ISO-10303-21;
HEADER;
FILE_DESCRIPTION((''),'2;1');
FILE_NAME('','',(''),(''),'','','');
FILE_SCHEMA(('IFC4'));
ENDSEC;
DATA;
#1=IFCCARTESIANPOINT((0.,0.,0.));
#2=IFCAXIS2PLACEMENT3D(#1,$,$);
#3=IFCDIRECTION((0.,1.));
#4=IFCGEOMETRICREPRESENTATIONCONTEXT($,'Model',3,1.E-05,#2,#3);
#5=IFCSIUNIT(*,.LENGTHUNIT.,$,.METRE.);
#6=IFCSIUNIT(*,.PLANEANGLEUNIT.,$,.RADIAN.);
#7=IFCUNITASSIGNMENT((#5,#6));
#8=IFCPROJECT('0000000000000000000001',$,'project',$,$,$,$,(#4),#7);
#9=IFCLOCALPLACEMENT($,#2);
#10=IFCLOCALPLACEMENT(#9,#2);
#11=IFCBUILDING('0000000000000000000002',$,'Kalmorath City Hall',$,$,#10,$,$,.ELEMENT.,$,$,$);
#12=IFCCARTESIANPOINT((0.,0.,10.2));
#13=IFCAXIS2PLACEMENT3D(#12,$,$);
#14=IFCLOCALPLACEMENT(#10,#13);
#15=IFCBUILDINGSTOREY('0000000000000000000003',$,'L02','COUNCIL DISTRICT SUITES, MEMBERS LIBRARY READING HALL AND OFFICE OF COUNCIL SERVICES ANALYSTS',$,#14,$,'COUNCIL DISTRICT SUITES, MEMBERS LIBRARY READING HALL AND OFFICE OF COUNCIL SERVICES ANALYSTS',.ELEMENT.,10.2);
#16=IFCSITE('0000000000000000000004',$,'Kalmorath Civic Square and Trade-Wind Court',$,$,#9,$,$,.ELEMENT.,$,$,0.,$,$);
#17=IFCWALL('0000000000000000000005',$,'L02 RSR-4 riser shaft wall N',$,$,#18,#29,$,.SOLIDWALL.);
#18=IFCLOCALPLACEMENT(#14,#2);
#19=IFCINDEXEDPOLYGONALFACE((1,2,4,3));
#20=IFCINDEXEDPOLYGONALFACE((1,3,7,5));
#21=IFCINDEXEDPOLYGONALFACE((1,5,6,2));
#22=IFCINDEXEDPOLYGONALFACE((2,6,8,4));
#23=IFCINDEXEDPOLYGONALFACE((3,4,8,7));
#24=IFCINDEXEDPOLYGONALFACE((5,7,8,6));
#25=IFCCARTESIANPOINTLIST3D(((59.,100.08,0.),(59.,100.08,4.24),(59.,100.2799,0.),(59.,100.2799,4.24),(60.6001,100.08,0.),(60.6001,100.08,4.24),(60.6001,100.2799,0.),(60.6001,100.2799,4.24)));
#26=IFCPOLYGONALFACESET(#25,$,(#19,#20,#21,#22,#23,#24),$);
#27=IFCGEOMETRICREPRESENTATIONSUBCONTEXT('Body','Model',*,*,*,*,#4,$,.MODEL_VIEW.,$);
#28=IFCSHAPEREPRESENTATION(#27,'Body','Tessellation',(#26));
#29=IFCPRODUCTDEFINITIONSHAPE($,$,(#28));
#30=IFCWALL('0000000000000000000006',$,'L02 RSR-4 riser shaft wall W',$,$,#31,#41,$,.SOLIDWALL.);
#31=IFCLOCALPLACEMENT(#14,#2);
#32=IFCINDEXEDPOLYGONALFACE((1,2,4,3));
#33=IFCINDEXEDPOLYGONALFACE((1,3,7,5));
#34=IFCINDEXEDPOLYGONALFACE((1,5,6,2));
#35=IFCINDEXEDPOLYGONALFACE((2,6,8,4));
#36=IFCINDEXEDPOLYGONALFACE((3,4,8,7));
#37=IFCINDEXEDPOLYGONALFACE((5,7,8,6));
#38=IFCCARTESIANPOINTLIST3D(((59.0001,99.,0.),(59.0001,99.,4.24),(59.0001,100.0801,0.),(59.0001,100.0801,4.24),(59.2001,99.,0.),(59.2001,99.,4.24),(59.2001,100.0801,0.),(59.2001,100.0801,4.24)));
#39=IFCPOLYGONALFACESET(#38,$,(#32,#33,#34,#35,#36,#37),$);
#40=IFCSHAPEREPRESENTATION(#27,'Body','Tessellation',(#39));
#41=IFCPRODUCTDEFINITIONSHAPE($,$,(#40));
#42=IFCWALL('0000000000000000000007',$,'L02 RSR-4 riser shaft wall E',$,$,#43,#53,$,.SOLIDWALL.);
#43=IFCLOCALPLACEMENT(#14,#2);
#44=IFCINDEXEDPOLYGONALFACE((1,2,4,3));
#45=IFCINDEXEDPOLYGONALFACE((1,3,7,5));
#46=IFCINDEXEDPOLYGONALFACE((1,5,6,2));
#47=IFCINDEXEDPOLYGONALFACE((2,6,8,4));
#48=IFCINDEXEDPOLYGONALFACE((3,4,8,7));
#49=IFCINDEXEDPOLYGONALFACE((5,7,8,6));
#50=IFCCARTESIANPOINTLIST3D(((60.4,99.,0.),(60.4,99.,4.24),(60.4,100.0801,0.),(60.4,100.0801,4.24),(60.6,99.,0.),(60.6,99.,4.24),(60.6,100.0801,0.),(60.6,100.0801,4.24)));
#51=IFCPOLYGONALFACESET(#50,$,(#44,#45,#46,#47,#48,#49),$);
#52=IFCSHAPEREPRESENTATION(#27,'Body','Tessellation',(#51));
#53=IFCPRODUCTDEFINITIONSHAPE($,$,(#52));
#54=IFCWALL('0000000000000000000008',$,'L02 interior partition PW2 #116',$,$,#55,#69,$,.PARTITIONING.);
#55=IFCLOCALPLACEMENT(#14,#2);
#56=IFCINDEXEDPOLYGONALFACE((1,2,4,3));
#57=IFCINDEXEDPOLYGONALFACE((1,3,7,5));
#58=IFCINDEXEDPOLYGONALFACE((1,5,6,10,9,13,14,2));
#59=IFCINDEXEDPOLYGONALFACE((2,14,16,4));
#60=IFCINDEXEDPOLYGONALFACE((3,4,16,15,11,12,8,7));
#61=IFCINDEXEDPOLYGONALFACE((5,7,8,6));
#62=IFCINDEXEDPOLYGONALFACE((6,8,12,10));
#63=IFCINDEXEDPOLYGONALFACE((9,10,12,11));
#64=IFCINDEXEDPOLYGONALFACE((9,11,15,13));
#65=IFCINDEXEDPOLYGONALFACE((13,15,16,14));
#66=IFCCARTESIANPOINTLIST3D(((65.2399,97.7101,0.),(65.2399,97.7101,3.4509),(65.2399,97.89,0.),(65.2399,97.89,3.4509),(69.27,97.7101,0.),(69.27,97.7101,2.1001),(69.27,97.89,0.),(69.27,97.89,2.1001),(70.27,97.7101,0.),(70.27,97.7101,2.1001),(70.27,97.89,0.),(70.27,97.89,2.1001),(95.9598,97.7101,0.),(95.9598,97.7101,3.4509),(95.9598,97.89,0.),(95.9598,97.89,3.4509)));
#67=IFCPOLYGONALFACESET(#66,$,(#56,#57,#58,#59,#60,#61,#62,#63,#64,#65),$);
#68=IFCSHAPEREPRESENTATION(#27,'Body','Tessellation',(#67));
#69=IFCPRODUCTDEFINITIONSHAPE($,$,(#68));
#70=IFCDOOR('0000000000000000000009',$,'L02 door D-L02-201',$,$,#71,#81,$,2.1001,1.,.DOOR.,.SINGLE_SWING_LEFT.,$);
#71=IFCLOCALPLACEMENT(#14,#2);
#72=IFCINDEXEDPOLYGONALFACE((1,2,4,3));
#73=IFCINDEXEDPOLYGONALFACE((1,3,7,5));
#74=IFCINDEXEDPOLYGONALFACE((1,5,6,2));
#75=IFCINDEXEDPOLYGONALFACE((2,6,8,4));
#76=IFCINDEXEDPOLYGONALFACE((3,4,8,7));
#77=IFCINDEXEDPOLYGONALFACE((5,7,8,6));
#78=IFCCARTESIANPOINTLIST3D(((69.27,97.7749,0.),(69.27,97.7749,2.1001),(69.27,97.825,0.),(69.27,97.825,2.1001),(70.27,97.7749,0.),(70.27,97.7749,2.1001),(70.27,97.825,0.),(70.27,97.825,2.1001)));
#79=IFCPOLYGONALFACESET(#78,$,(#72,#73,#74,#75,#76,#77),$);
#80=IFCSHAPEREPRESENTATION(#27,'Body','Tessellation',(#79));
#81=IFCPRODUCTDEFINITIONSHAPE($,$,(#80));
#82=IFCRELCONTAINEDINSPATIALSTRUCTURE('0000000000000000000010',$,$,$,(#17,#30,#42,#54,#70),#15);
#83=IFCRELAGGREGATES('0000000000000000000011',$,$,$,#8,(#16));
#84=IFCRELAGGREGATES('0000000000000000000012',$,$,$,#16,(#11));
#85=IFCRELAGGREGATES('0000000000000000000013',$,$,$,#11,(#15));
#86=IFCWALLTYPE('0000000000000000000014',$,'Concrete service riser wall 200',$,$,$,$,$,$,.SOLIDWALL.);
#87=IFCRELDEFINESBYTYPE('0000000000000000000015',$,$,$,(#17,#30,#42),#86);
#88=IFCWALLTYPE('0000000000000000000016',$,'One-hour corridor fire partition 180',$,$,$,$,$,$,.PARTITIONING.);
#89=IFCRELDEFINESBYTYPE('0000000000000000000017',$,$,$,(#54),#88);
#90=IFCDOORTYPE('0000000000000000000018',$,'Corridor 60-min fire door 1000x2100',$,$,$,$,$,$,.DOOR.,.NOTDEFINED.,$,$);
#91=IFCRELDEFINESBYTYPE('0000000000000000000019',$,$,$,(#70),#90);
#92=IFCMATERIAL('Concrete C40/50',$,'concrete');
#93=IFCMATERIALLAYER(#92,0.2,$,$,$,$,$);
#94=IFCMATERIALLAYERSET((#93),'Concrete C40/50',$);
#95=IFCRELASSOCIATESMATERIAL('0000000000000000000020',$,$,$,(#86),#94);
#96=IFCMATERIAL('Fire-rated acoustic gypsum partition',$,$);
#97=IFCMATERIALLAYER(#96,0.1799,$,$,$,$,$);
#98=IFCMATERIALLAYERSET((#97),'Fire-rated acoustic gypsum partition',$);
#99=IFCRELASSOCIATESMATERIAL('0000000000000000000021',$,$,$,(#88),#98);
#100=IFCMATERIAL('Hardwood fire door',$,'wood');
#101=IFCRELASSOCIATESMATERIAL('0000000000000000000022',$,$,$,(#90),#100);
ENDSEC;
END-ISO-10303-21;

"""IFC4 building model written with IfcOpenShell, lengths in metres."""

from ifc_helpers import new_model, si_unit, direction, frame, frame_2d, origin, place, context, subcontext, project, spatial, rectangle, extrude, material, layer, layer_set, type_object, element, fill, save


model = new_model("IFC4")

# Units and contexts
model_context = context("Model", 3, precision=1e-05, world=origin(), true_north=direction((0.0, 1.0)))
body_context = subcontext(model_context, "Body", "Model", "MODEL_VIEW")
ifc_project = project(units=[si_unit("LENGTHUNIT", "METRE"), si_unit("PLANEANGLEUNIT", "RADIAN")], contexts=[model_context])

# Site, building, storey
site_placement = place(None, origin())
site = spatial("IfcSite", under=ifc_project, at=site_placement, Name="Kalmorath Civic Square and Trade-Wind Court", CompositionType="ELEMENT", RefElevation=0.0)
building_placement = place(site_placement, origin())
building = spatial("IfcBuilding", under=site, at=building_placement, Name="Kalmorath City Hall", CompositionType="ELEMENT")
storey_placement = place(building_placement, frame((0.0, 0.0, 10.2)))
storey = spatial("IfcBuildingStorey", under=building, at=storey_placement, Name="L02", Description="COUNCIL DISTRICT SUITES, MEMBERS LIBRARY READING HALL AND OFFICE OF COUNCIL SERVICES ANALYSTS", LongName="COUNCIL DISTRICT SUITES, MEMBERS LIBRARY READING HALL AND OFFICE OF COUNCIL SERVICES ANALYSTS", CompositionType="ELEMENT", Elevation=10.2)

# Walls
ifc_material_1 = material(Name="Concrete C40/50", Category="concrete")
ifc_layer_1 = layer(ifc_material_1, 0.2)
ifc_layer_set_1 = layer_set([ifc_layer_1], Name="Concrete C40/50")
wall_type_1 = type_object("IfcWallType", Name="Concrete service riser wall 200", PredefinedType="SOLIDWALL", material=ifc_layer_set_1)
for number, where, z_axis, x_axis, name in (
    (1, (60.6001, 100.1799, 0.0), (0.0, 0.0, 1.0), (-1.0, 0.0, 0.0), "L02 RSR-4 riser shaft wall N"),
):
    element("IfcWall", number, at=place(storey_placement, frame(where, z_axis=z_axis, x_axis=x_axis)), inside=storey, type_object=wall_type_1, Name=name, PredefinedType="SOLIDWALL", context=body_context, shape_type="SweptSolid", body=[
        extrude(rectangle(XDim=1.6001, YDim=0.2, at=frame_2d((0.8, 0.0))), origin(), (0.0, 0.0, 1.0), 4.24),
    ])
for number, where, z_axis, x_axis, name in (
    (2, (59.1001, 100.0801, 0.0), (0.0, 0.0, 1.0), (0.0, -1.0, 0.0), "L02 RSR-4 riser shaft wall W"),
    (3, (60.5, 99.0, 0.0), (0.0, 0.0, 1.0), (0.0, 1.0, 0.0), "L02 RSR-4 riser shaft wall E"),
):
    element("IfcWall", number, at=place(storey_placement, frame(where, z_axis=z_axis, x_axis=x_axis)), inside=storey, type_object=wall_type_1, Name=name, PredefinedType="SOLIDWALL", context=body_context, shape_type="SweptSolid", body=[
        extrude(rectangle(XDim=1.0801, YDim=0.2, at=frame_2d((0.54, 0.0))), origin(), (0.0, 0.0, 1.0), 4.24),
    ])

# Wall, opening, door
ifc_material_2 = material(Name="Fire-rated acoustic gypsum partition")
ifc_layer_2 = layer(ifc_material_2, 0.1799)
ifc_layer_set_2 = layer_set([ifc_layer_2], Name="Fire-rated acoustic gypsum partition")
wall_type_2 = type_object("IfcWallType", Name="One-hour corridor fire partition 180", PredefinedType="PARTITIONING", material=ifc_layer_set_2)
wall_placement = place(storey_placement, frame((65.24, 97.8, 0.0), z_axis=(0.0, 0.0, 1.0), x_axis=(1.0, 0.0, 0.0)))
wall = element("IfcWall", 4, at=wall_placement, inside=storey, type_object=wall_type_2, Name="L02 interior partition PW2 #116", PredefinedType="PARTITIONING", context=body_context, shape_type="SweptSolid", body=[
    extrude(rectangle(XDim=30.72, YDim=0.1799, at=frame_2d((15.3599, 0.0))), origin(), (0.0, 0.0, 1.0), 3.4509),
])
opening_placement = place(wall_placement, frame((4.03, 0.0, 0.0)))
opening = element("IfcOpeningElement", 5, at=opening_placement, cuts=wall, PredefinedType="OPENING", context=body_context, shape_type="SweptSolid", body=[
    extrude(rectangle(XDim=1.0, YDim=2.1001, at=frame_2d((0.5, 1.05))), frame((0.0, 0.0999, 0.0), z_axis=(0.0, -1.0, 0.0), x_axis=(1.0, 0.0, 0.0)), (0.0, 0.0, 1.0), 0.2),
])
ifc_material_3 = material(Name="Hardwood fire door", Category="wood")
door_type = type_object("IfcDoorType", Name="Corridor 60-min fire door 1000x2100", OperationType="NOTDEFINED", PredefinedType="DOOR", material=ifc_material_3)
door_placement = place(opening_placement, origin())
door = element("IfcDoor", 6, at=door_placement, inside=storey, type_object=door_type, Name="L02 door D-L02-201", OperationType="SINGLE_SWING_LEFT", OverallHeight=2.1001, OverallWidth=1.0, PredefinedType="DOOR", context=body_context, shape_type="SweptSolid", body=[
    extrude(rectangle(XDim=1.0, YDim=2.1001, at=frame_2d((0.5, 1.05))), frame((0.0, 0.0249, 0.0), z_axis=(0.0, -1.0, 0.0), x_axis=(1.0, 0.0, 0.0)), (0.0, 0.0, 1.0), 0.05),
])
fill(opening, door)

save(model, "model.ifc")
